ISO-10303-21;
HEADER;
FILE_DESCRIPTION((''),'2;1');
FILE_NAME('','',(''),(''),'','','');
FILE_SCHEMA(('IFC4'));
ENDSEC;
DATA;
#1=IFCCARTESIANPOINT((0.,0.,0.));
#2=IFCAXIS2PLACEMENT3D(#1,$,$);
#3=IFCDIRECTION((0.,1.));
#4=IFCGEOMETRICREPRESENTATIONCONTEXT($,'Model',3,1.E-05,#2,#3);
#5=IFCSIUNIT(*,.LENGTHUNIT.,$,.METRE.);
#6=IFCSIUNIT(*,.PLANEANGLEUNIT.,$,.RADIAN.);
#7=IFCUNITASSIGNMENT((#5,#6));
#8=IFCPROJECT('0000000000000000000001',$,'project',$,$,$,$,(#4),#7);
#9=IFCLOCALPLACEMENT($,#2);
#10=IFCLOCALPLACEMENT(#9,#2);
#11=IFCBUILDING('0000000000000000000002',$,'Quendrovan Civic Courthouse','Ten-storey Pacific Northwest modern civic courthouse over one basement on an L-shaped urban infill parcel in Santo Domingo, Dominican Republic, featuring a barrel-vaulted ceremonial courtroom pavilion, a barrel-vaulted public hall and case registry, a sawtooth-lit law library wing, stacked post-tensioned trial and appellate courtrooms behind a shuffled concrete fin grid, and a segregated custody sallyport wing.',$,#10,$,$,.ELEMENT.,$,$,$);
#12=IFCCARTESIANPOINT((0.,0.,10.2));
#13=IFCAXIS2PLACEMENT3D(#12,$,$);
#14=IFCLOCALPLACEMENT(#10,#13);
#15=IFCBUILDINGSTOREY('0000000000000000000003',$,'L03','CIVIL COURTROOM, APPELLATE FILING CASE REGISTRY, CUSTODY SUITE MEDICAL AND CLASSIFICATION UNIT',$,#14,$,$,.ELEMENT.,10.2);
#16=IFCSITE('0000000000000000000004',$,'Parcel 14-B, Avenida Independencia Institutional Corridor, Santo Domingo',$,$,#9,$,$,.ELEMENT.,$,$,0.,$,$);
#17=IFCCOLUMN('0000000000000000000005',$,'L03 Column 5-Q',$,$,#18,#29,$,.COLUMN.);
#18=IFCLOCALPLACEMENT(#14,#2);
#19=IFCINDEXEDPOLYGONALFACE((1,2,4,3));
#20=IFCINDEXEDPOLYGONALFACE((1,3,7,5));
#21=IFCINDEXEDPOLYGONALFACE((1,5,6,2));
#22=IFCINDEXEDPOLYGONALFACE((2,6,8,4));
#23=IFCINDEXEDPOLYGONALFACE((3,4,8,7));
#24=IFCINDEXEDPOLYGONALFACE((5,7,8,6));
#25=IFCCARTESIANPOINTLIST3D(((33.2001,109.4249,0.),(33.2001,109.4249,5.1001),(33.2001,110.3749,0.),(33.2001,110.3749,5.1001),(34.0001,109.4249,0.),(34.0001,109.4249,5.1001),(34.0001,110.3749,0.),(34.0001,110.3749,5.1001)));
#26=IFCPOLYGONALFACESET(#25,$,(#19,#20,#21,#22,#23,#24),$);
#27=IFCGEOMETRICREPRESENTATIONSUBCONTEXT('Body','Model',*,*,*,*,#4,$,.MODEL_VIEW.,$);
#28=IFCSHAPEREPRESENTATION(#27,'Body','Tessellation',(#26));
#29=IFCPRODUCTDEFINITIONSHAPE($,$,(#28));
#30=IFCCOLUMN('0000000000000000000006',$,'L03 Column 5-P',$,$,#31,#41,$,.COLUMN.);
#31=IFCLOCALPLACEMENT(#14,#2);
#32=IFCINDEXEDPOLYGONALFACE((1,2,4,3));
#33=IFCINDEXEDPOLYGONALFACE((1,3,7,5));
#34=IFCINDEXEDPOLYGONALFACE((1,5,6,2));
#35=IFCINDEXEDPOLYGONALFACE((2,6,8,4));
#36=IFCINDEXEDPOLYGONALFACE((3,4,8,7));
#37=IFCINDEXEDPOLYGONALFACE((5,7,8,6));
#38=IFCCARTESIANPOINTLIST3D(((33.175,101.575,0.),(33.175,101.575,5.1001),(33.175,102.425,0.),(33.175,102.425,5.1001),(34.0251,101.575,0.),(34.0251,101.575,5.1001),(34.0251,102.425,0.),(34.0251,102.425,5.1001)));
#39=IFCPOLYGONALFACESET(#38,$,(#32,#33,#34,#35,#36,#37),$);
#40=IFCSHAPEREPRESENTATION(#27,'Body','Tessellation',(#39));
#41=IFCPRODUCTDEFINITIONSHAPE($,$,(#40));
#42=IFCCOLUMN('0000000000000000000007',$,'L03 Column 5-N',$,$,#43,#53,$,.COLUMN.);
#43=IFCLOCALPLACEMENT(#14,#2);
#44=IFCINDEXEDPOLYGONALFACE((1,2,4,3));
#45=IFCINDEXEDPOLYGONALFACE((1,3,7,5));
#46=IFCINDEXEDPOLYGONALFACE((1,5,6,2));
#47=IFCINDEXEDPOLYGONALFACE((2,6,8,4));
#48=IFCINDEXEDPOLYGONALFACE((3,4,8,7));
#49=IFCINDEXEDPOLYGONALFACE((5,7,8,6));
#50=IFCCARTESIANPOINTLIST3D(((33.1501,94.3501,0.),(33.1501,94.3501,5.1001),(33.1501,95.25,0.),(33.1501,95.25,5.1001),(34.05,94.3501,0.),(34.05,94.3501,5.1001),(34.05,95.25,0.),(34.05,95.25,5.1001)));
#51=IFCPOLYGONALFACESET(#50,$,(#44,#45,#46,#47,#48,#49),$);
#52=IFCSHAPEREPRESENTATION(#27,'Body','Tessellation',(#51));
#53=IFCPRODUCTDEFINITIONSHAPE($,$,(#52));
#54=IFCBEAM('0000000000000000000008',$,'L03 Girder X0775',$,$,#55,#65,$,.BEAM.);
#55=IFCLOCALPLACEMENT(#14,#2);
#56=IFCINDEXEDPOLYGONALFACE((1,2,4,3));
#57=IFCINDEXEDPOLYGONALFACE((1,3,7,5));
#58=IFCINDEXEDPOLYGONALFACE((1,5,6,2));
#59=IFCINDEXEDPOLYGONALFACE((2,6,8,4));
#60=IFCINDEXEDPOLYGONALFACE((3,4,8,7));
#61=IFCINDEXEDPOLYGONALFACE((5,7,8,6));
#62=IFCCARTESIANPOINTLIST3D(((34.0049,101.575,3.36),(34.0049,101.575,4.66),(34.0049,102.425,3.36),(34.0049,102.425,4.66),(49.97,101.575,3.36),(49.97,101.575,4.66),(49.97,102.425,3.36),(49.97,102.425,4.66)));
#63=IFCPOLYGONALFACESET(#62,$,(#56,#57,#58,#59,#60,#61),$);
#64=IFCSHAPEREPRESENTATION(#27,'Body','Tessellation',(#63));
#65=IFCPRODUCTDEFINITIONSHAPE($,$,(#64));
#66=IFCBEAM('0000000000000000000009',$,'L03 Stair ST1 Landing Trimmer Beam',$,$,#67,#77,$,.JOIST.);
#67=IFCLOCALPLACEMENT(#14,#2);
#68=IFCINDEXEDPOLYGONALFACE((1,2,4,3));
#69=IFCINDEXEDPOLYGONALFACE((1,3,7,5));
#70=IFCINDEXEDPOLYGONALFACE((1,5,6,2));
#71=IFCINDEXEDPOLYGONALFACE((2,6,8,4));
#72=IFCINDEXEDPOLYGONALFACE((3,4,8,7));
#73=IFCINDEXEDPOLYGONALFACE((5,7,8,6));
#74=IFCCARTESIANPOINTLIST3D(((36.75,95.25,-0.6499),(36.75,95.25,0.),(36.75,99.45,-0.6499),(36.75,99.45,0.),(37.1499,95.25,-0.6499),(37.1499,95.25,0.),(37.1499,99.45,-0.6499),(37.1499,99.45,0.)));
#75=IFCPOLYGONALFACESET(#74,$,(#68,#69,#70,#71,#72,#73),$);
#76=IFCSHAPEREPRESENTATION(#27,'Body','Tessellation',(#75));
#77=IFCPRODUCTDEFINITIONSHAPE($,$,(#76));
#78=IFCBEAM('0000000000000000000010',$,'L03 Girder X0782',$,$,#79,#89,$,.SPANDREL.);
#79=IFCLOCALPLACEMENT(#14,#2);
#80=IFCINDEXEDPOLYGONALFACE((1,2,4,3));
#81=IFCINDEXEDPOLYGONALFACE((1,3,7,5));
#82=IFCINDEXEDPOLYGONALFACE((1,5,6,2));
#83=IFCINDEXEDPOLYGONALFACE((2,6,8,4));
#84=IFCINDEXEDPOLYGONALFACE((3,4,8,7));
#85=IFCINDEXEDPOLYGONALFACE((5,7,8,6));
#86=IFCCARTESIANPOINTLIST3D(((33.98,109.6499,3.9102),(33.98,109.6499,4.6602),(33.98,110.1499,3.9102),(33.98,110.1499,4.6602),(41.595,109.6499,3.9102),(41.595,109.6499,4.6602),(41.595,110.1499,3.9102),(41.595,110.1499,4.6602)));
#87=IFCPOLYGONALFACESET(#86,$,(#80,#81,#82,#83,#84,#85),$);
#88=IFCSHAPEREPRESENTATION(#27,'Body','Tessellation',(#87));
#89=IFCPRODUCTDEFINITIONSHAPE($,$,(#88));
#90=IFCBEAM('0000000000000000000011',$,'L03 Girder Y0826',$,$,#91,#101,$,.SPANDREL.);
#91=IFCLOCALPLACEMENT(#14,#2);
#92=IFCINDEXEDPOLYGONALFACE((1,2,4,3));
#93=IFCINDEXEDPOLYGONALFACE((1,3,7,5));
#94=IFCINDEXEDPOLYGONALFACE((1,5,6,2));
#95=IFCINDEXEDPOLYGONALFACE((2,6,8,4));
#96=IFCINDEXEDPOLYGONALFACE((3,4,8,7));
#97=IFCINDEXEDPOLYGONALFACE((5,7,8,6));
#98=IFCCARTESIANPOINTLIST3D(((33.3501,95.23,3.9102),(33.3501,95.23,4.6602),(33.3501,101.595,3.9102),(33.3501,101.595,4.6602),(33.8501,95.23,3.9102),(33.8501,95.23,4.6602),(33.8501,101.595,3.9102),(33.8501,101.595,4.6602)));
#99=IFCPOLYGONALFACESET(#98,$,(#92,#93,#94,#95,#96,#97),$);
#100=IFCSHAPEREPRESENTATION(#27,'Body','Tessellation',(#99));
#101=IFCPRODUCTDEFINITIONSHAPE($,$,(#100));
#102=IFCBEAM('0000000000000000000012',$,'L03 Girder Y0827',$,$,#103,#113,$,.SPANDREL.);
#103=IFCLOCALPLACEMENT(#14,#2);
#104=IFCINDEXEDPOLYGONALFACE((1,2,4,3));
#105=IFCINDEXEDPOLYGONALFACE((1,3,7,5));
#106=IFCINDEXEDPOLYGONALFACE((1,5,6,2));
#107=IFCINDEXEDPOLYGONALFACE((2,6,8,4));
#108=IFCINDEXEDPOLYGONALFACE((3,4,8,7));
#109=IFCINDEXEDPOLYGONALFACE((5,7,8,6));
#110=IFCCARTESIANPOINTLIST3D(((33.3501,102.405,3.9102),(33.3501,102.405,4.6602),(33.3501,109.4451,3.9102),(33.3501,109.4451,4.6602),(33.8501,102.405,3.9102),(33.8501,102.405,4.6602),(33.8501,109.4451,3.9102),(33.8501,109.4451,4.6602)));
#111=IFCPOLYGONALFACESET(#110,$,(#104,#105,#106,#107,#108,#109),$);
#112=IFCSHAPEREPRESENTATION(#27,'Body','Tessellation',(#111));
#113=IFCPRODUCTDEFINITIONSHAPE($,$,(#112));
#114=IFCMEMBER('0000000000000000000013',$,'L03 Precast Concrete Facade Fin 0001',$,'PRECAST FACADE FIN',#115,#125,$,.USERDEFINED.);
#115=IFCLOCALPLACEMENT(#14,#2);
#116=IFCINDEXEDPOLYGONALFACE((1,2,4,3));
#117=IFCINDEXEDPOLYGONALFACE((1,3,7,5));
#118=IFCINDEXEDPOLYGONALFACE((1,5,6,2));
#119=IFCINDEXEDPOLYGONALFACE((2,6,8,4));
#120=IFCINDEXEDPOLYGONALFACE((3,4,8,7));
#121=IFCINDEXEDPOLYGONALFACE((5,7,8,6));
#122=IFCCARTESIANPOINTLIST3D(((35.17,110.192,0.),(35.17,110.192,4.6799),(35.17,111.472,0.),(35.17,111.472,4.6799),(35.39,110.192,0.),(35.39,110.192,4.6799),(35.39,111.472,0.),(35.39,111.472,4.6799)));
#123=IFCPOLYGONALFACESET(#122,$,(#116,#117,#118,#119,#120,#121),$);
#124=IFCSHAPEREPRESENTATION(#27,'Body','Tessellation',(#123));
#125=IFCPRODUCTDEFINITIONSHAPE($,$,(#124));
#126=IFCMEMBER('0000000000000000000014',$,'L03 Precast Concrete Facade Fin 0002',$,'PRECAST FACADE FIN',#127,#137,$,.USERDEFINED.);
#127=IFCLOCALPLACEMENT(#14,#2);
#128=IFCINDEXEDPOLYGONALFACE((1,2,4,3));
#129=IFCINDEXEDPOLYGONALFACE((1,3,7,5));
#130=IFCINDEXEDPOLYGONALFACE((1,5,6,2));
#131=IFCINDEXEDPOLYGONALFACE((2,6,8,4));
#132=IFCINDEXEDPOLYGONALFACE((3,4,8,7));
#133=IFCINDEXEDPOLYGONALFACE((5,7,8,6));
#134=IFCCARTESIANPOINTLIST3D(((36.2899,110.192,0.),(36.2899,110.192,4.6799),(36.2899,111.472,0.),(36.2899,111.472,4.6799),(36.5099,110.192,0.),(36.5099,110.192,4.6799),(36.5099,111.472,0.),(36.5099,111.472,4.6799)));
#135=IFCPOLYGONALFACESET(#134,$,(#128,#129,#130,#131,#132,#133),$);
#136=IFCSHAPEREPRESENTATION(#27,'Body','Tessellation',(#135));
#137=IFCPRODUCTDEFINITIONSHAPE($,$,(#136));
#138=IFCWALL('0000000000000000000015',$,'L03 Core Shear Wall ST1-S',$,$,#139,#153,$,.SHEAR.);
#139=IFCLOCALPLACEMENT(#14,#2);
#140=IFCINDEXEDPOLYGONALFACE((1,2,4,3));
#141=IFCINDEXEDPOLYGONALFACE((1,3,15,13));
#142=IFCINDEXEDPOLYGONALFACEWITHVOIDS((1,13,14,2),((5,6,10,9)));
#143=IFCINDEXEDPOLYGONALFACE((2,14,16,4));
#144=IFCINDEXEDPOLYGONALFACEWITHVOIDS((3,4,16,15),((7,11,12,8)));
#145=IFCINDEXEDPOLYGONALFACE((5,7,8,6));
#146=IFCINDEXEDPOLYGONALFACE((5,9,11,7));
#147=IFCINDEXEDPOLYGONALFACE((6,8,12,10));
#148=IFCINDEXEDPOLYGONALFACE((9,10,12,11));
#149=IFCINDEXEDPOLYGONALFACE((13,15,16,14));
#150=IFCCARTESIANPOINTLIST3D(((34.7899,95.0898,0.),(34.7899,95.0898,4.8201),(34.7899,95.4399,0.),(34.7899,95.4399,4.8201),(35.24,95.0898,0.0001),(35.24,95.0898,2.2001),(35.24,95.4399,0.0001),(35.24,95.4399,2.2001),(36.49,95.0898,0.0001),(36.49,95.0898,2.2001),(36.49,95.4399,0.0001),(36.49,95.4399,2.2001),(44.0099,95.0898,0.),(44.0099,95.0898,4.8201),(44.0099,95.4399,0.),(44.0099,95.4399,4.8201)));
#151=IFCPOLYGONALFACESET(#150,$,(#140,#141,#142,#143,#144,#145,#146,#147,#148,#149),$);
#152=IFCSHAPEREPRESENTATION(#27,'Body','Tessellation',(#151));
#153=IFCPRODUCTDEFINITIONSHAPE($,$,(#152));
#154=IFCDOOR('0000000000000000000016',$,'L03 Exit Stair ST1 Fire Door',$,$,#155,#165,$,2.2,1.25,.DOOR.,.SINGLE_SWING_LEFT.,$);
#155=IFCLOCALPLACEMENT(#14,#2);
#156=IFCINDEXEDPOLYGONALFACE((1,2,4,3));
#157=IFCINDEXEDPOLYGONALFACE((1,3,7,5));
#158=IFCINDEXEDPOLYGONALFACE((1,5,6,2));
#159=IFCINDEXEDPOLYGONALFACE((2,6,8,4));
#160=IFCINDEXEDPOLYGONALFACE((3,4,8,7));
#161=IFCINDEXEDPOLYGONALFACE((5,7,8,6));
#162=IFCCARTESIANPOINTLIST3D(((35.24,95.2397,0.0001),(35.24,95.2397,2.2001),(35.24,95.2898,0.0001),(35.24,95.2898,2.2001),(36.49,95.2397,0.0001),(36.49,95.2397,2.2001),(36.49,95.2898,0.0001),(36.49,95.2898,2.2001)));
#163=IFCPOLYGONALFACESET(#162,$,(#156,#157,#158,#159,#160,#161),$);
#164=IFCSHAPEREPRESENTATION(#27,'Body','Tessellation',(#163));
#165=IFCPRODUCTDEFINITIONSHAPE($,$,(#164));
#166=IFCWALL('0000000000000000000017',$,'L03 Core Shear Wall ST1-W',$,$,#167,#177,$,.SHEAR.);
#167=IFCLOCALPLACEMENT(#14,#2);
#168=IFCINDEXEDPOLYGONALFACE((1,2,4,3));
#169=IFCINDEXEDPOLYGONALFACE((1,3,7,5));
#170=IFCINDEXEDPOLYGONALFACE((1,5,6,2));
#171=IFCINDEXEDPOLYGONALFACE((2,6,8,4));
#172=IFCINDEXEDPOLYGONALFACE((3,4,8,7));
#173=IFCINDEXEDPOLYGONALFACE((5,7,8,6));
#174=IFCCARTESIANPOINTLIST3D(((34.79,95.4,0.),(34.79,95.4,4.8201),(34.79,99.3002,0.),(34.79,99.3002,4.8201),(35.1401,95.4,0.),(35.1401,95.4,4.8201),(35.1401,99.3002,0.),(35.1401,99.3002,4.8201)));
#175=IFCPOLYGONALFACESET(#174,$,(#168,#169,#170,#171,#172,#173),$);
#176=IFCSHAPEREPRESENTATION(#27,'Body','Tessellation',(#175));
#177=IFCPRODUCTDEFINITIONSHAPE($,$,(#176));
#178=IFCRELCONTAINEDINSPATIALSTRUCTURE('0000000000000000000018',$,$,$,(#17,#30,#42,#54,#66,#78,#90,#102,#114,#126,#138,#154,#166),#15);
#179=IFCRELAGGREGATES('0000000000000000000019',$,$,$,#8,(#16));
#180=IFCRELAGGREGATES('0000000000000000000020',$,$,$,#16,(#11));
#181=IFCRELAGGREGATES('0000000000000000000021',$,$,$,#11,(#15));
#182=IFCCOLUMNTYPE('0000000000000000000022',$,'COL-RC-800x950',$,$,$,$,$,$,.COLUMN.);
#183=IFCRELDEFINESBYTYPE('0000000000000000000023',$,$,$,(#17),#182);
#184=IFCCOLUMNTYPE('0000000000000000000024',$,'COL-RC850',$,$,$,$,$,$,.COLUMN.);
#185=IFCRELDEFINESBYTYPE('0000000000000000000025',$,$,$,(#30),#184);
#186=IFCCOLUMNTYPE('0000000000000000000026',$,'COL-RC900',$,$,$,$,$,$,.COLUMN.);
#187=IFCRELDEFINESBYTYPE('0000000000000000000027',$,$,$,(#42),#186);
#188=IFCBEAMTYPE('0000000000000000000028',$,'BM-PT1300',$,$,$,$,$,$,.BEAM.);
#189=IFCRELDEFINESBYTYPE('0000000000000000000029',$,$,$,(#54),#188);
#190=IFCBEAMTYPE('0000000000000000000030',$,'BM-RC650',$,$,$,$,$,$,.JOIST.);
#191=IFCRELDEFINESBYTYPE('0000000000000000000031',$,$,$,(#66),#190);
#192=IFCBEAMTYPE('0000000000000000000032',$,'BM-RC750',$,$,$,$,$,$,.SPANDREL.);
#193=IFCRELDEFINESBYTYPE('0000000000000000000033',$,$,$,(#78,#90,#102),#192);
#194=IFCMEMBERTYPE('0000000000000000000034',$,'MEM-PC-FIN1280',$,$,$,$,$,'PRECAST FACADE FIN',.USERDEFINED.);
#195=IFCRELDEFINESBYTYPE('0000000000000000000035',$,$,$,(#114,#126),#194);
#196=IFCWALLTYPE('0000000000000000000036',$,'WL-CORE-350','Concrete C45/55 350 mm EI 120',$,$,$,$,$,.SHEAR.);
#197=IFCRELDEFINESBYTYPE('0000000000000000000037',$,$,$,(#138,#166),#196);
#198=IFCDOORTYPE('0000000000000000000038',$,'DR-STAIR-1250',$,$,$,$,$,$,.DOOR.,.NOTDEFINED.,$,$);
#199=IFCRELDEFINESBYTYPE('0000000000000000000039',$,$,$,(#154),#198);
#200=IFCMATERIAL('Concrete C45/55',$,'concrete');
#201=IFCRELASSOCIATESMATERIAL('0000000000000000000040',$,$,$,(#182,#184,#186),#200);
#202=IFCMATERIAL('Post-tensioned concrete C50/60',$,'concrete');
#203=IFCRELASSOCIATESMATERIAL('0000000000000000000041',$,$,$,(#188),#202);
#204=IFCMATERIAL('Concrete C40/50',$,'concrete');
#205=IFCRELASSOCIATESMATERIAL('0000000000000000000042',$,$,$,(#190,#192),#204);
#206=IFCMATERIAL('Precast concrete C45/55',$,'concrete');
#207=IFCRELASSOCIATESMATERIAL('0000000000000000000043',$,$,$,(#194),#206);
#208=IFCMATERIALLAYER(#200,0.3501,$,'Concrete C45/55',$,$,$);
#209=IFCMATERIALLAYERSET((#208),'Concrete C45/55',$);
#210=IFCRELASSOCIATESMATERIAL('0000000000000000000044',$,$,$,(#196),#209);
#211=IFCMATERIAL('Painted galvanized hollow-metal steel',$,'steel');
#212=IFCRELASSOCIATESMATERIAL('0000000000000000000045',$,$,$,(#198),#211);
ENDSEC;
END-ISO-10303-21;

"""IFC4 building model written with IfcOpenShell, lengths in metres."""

from ifc_helpers import new_model, si_unit, direction, frame, frame_2d, origin, origin_2d, place, context, subcontext, project, spatial, rectangle, extrude, material, layer, layer_set, material_profile, profile_set, type_object, element, fill, save


model = new_model("IFC4")

# Units and contexts
model_context = context("Model", 3, precision=1e-05, world=origin(), true_north=direction((0.0, 1.0)))
body_context = subcontext(model_context, "Body", "Model", "MODEL_VIEW")
ifc_project = project(units=[si_unit("LENGTHUNIT", "METRE"), si_unit("PLANEANGLEUNIT", "RADIAN")], contexts=[model_context])

# Site, building, storey
site_placement = place(None, origin())
site = spatial("IfcSite", under=ifc_project, at=site_placement, Name="Parcel 14-B, Avenida Independencia Institutional Corridor, Santo Domingo", CompositionType="ELEMENT", RefElevation=0.0)
building_placement = place(site_placement, origin())
building = spatial("IfcBuilding", under=site, at=building_placement, Name="Quendrovan Civic Courthouse", Description="Ten-storey Pacific Northwest modern civic courthouse over one basement on an L-shaped urban infill parcel in Santo Domingo, Dominican Republic, featuring a barrel-vaulted ceremonial courtroom pavilion, a barrel-vaulted public hall and case registry, a sawtooth-lit law library wing, stacked post-tensioned trial and appellate courtrooms behind a shuffled concrete fin grid, and a segregated custody sallyport wing.", CompositionType="ELEMENT")
storey_placement = place(building_placement, frame((0.0, 0.0, 10.2)))
storey = spatial("IfcBuildingStorey", under=building, at=storey_placement, Name="L03", Description="CIVIL COURTROOM, APPELLATE FILING CASE REGISTRY, CUSTODY SUITE MEDICAL AND CLASSIFICATION UNIT", CompositionType="ELEMENT", Elevation=10.2)

# Columns
ifc_material_1 = material(Name="Concrete C45/55", Category="concrete")
ifc_material_profile_1 = material_profile(ifc_material_1, rectangle(XDim=0.8, YDim=0.95, at=origin_2d()), Name="RC-COL-800x950")
ifc_profile_set_1 = profile_set([ifc_material_profile_1], Name="Concrete C45/55")
column_type_1 = type_object("IfcColumnType", Name="COL-RC-800x950", PredefinedType="COLUMN", material=ifc_profile_set_1)
column_1_placement = place(storey_placement, frame((33.6001, 109.8999, 0.0), z_axis=(0.0, 0.0, 1.0), x_axis=(1.0, 0.0, 0.0)))
element("IfcColumn", 1, at=column_1_placement, inside=storey, type_object=column_type_1, Name="L03 Column 5-Q", PredefinedType="COLUMN", context=body_context, shape_type="SweptSolid", body=[
    extrude(rectangle(XDim=0.8, YDim=0.95, at=origin_2d()), origin(), (0.0, 0.0, 1.0), 5.1001),
])
ifc_material_profile_2 = material_profile(ifc_material_1, rectangle(XDim=0.8501, YDim=0.8501, at=origin_2d()), Name="RC-COL-850x850")
ifc_profile_set_2 = profile_set([ifc_material_profile_2], Name="Concrete C45/55")
column_type_2 = type_object("IfcColumnType", Name="COL-RC850", PredefinedType="COLUMN", material=ifc_profile_set_2)
column_2_placement = place(storey_placement, frame((33.6001, 102.0, 0.0), z_axis=(0.0, 0.0, 1.0), x_axis=(1.0, 0.0, 0.0)))
element("IfcColumn", 2, at=column_2_placement, inside=storey, type_object=column_type_2, Name="L03 Column 5-P", PredefinedType="COLUMN", context=body_context, shape_type="SweptSolid", body=[
    extrude(rectangle(XDim=0.8501, YDim=0.8501, at=origin_2d()), origin(), (0.0, 0.0, 1.0), 5.1001),
])
ifc_material_profile_3 = material_profile(ifc_material_1, rectangle(XDim=0.8999, YDim=0.8999, at=origin_2d()), Name="RC-COL-900x900")
ifc_profile_set_3 = profile_set([ifc_material_profile_3], Name="Concrete C45/55")
column_type_3 = type_object("IfcColumnType", Name="COL-RC900", PredefinedType="COLUMN", material=ifc_profile_set_3)
column_3_placement = place(storey_placement, frame((33.6001, 94.8, 0.0), z_axis=(0.0, 0.0, 1.0), x_axis=(1.0, 0.0, 0.0)))
element("IfcColumn", 3, at=column_3_placement, inside=storey, type_object=column_type_3, Name="L03 Column 5-N", PredefinedType="COLUMN", context=body_context, shape_type="SweptSolid", body=[
    extrude(rectangle(XDim=0.8999, YDim=0.8999, at=origin_2d()), origin(), (0.0, 0.0, 1.0), 5.1001),
])

# Beams
ifc_material_2 = material(Name="Post-tensioned concrete C50/60", Category="concrete")
ifc_material_profile_4 = material_profile(ifc_material_2, rectangle(XDim=0.8501, YDim=1.3, at=origin_2d()), Name="PT-GRD-850x1300")
ifc_profile_set_4 = profile_set([ifc_material_profile_4], Name="Post-tensioned concrete C50/60")
beam_type_1 = type_object("IfcBeamType", Name="BM-PT1300", PredefinedType="BEAM", material=ifc_profile_set_4)
beam_1_placement = place(storey_placement, frame((34.0049, 102.0, 4.01), z_axis=(1.0, 0.0, 0.0), x_axis=(0.0, 1.0, 0.0)))
element("IfcBeam", 4, at=beam_1_placement, inside=storey, type_object=beam_type_1, Name="L03 Girder X0775", PredefinedType="BEAM", context=body_context, shape_type="SweptSolid", body=[
    extrude(rectangle(XDim=0.8501, YDim=1.3, at=origin_2d()), origin(), (0.0, 0.0, 1.0), 15.9651),
])
ifc_material_3 = material(Name="Concrete C40/50", Category="concrete")
ifc_material_profile_5 = material_profile(ifc_material_3, rectangle(XDim=0.3999, YDim=0.6499, at=origin_2d()), Name="RC-BM-400x650")
ifc_profile_set_5 = profile_set([ifc_material_profile_5], Name="Concrete C40/50")
beam_type_2 = type_object("IfcBeamType", Name="BM-RC650", PredefinedType="JOIST", material=ifc_profile_set_5)
beam_2_placement = place(storey_placement, frame((36.95, 95.25, -0.325), z_axis=(0.0, 1.0, 0.0), x_axis=(-1.0, 0.0, 0.0)))
element("IfcBeam", 5, at=beam_2_placement, inside=storey, type_object=beam_type_2, Name="L03 Stair ST1 Landing Trimmer Beam", PredefinedType="JOIST", context=body_context, shape_type="SweptSolid", body=[
    extrude(rectangle(XDim=0.3999, YDim=0.6499, at=origin_2d()), origin(), (0.0, 0.0, 1.0), 4.2),
])
ifc_material_profile_6 = material_profile(ifc_material_3, rectangle(XDim=0.5, YDim=0.75, at=origin_2d()), Name="RC-BM-500x750")
ifc_profile_set_6 = profile_set([ifc_material_profile_6], Name="Concrete C40/50")
beam_type_3 = type_object("IfcBeamType", Name="BM-RC750", PredefinedType="SPANDREL", material=ifc_profile_set_6)
beam_3_placement = place(storey_placement, frame((33.98, 109.8999, 4.2852), z_axis=(1.0, 0.0, 0.0), x_axis=(0.0, 1.0, 0.0)))
element("IfcBeam", 6, at=beam_3_placement, inside=storey, type_object=beam_type_3, Name="L03 Girder X0782", PredefinedType="SPANDREL", context=body_context, shape_type="SweptSolid", body=[
    extrude(rectangle(XDim=0.5, YDim=0.75, at=origin_2d()), origin(), (0.0, 0.0, 1.0), 7.615),
])
beam_4_placement = place(storey_placement, frame((33.6001, 95.23, 4.2852), z_axis=(0.0, 1.0, 0.0), x_axis=(-1.0, 0.0, 0.0)))
element("IfcBeam", 7, at=beam_4_placement, inside=storey, type_object=beam_type_3, Name="L03 Girder Y0826", PredefinedType="SPANDREL", context=body_context, shape_type="SweptSolid", body=[
    extrude(rectangle(XDim=0.5, YDim=0.75, at=origin_2d()), origin(), (0.0, 0.0, 1.0), 6.365),
])
beam_5_placement = place(storey_placement, frame((33.6001, 102.405, 4.2852), z_axis=(0.0, 1.0, 0.0), x_axis=(-1.0, 0.0, 0.0)))
element("IfcBeam", 8, at=beam_5_placement, inside=storey, type_object=beam_type_3, Name="L03 Girder Y0827", PredefinedType="SPANDREL", context=body_context, shape_type="SweptSolid", body=[
    extrude(rectangle(XDim=0.5, YDim=0.75, at=origin_2d()), origin(), (0.0, 0.0, 1.0), 7.04),
])

# Members
ifc_material_4 = material(Name="Precast concrete C45/55", Category="concrete")
ifc_material_profile_7 = material_profile(ifc_material_4, rectangle(XDim=0.22, YDim=1.28, at=origin_2d()), Name="PC-FIN-220x1280")
ifc_profile_set_7 = profile_set([ifc_material_profile_7], Name="Precast concrete C45/55")
member_type = type_object("IfcMemberType", Name="MEM-PC-FIN1280", ElementType="PRECAST FACADE FIN", PredefinedType="USERDEFINED", material=ifc_profile_set_7)
for number, where, z_axis, x_axis, name in (
    (9, (35.28, 110.832, 0.0), (0.0, 0.0, 1.0), (1.0, 0.0, 0.0), "L03 Precast Concrete Facade Fin 0001"),
    (10, (36.3999, 110.832, 0.0), (0.0, 0.0, 1.0), (1.0, 0.0, 0.0), "L03 Precast Concrete Facade Fin 0002"),
):
    element("IfcMember", number, at=place(storey_placement, frame(where, z_axis=z_axis, x_axis=x_axis)), inside=storey, type_object=member_type, Name=name, ObjectType="PRECAST FACADE FIN", PredefinedType="USERDEFINED", context=body_context, shape_type="SweptSolid", body=[
        extrude(rectangle(XDim=0.22, YDim=1.28, at=origin_2d()), origin(), (0.0, 0.0, 1.0), 4.6799),
    ])

# Wall, opening, door
ifc_layer_1 = layer(ifc_material_1, 0.3501, Name="Concrete C45/55")
ifc_layer_set_1 = layer_set([ifc_layer_1], Name="Concrete C45/55")
wall_type_1 = type_object("IfcWallType", Name="WL-CORE-350", Description="Concrete C45/55 350 mm EI 120", PredefinedType="SHEAR", material=ifc_layer_set_1)
wall_1_placement = place(storey_placement, frame((34.79, 95.2649, 0.0), z_axis=(0.0, 0.0, 1.0), x_axis=(1.0, 0.0, 0.0)))
wall_1 = element("IfcWall", 11, at=wall_1_placement, inside=storey, type_object=wall_type_1, Name="L03 Core Shear Wall ST1-S", PredefinedType="SHEAR", context=body_context, shape_type="SweptSolid", body=[
    extrude(rectangle(XDim=9.22, YDim=0.3501, at=frame_2d((4.6099, 0.0))), origin(), (0.0, 0.0, 1.0), 4.8201),
])
opening_1_placement = place(wall_1_placement, frame((0.45, 0.0, 0.0)))
opening_1 = element("IfcOpeningElement", 12, at=opening_1_placement, cuts=wall_1, PredefinedType="OPENING", context=body_context, shape_type="SweptSolid", body=[
    extrude(rectangle(XDim=1.25, YDim=2.2, at=frame_2d((0.625, 1.1001))), frame((0.0, 0.1851, 0.0), z_axis=(0.0, -1.0, 0.0), x_axis=(1.0, 0.0, 0.0)), (0.0, 0.0, 1.0), 0.3701),
])
ifc_material_5 = material(Name="Painted galvanized hollow-metal steel", Category="steel")
door_type_1 = type_object("IfcDoorType", Name="DR-STAIR-1250", OperationType="NOTDEFINED", PredefinedType="DOOR", material=ifc_material_5)
door_1_placement = place(opening_1_placement, origin())
door_1 = element("IfcDoor", 13, at=door_1_placement, inside=storey, type_object=door_type_1, Name="L03 Exit Stair ST1 Fire Door", OperationType="SINGLE_SWING_LEFT", OverallHeight=2.2, OverallWidth=1.25, PredefinedType="DOOR", context=body_context, shape_type="SweptSolid", body=[
    extrude(rectangle(XDim=1.25, YDim=2.2, at=frame_2d((0.625, 1.1001))), frame((0.0, 0.0249, 0.0), z_axis=(0.0, -1.0, 0.0), x_axis=(1.0, 0.0, 0.0)), (0.0, 0.0, 1.0), 0.05),
])
fill(opening_1, door_1)

# Wall
wall_2_placement = place(storey_placement, frame((34.9651, 95.3999, 0.0), z_axis=(0.0, 0.0, 1.0), x_axis=(0.0, 1.0, 0.0)))
element("IfcWall", 14, at=wall_2_placement, inside=storey, type_object=wall_type_1, Name="L03 Core Shear Wall ST1-W", PredefinedType="SHEAR", context=body_context, shape_type="SweptSolid", body=[
    extrude(rectangle(XDim=3.9001, YDim=0.3501, at=frame_2d((1.9502, 0.0))), origin(), (0.0, 0.0, 1.0), 4.8201),
])

save(model, "model.ifc")
